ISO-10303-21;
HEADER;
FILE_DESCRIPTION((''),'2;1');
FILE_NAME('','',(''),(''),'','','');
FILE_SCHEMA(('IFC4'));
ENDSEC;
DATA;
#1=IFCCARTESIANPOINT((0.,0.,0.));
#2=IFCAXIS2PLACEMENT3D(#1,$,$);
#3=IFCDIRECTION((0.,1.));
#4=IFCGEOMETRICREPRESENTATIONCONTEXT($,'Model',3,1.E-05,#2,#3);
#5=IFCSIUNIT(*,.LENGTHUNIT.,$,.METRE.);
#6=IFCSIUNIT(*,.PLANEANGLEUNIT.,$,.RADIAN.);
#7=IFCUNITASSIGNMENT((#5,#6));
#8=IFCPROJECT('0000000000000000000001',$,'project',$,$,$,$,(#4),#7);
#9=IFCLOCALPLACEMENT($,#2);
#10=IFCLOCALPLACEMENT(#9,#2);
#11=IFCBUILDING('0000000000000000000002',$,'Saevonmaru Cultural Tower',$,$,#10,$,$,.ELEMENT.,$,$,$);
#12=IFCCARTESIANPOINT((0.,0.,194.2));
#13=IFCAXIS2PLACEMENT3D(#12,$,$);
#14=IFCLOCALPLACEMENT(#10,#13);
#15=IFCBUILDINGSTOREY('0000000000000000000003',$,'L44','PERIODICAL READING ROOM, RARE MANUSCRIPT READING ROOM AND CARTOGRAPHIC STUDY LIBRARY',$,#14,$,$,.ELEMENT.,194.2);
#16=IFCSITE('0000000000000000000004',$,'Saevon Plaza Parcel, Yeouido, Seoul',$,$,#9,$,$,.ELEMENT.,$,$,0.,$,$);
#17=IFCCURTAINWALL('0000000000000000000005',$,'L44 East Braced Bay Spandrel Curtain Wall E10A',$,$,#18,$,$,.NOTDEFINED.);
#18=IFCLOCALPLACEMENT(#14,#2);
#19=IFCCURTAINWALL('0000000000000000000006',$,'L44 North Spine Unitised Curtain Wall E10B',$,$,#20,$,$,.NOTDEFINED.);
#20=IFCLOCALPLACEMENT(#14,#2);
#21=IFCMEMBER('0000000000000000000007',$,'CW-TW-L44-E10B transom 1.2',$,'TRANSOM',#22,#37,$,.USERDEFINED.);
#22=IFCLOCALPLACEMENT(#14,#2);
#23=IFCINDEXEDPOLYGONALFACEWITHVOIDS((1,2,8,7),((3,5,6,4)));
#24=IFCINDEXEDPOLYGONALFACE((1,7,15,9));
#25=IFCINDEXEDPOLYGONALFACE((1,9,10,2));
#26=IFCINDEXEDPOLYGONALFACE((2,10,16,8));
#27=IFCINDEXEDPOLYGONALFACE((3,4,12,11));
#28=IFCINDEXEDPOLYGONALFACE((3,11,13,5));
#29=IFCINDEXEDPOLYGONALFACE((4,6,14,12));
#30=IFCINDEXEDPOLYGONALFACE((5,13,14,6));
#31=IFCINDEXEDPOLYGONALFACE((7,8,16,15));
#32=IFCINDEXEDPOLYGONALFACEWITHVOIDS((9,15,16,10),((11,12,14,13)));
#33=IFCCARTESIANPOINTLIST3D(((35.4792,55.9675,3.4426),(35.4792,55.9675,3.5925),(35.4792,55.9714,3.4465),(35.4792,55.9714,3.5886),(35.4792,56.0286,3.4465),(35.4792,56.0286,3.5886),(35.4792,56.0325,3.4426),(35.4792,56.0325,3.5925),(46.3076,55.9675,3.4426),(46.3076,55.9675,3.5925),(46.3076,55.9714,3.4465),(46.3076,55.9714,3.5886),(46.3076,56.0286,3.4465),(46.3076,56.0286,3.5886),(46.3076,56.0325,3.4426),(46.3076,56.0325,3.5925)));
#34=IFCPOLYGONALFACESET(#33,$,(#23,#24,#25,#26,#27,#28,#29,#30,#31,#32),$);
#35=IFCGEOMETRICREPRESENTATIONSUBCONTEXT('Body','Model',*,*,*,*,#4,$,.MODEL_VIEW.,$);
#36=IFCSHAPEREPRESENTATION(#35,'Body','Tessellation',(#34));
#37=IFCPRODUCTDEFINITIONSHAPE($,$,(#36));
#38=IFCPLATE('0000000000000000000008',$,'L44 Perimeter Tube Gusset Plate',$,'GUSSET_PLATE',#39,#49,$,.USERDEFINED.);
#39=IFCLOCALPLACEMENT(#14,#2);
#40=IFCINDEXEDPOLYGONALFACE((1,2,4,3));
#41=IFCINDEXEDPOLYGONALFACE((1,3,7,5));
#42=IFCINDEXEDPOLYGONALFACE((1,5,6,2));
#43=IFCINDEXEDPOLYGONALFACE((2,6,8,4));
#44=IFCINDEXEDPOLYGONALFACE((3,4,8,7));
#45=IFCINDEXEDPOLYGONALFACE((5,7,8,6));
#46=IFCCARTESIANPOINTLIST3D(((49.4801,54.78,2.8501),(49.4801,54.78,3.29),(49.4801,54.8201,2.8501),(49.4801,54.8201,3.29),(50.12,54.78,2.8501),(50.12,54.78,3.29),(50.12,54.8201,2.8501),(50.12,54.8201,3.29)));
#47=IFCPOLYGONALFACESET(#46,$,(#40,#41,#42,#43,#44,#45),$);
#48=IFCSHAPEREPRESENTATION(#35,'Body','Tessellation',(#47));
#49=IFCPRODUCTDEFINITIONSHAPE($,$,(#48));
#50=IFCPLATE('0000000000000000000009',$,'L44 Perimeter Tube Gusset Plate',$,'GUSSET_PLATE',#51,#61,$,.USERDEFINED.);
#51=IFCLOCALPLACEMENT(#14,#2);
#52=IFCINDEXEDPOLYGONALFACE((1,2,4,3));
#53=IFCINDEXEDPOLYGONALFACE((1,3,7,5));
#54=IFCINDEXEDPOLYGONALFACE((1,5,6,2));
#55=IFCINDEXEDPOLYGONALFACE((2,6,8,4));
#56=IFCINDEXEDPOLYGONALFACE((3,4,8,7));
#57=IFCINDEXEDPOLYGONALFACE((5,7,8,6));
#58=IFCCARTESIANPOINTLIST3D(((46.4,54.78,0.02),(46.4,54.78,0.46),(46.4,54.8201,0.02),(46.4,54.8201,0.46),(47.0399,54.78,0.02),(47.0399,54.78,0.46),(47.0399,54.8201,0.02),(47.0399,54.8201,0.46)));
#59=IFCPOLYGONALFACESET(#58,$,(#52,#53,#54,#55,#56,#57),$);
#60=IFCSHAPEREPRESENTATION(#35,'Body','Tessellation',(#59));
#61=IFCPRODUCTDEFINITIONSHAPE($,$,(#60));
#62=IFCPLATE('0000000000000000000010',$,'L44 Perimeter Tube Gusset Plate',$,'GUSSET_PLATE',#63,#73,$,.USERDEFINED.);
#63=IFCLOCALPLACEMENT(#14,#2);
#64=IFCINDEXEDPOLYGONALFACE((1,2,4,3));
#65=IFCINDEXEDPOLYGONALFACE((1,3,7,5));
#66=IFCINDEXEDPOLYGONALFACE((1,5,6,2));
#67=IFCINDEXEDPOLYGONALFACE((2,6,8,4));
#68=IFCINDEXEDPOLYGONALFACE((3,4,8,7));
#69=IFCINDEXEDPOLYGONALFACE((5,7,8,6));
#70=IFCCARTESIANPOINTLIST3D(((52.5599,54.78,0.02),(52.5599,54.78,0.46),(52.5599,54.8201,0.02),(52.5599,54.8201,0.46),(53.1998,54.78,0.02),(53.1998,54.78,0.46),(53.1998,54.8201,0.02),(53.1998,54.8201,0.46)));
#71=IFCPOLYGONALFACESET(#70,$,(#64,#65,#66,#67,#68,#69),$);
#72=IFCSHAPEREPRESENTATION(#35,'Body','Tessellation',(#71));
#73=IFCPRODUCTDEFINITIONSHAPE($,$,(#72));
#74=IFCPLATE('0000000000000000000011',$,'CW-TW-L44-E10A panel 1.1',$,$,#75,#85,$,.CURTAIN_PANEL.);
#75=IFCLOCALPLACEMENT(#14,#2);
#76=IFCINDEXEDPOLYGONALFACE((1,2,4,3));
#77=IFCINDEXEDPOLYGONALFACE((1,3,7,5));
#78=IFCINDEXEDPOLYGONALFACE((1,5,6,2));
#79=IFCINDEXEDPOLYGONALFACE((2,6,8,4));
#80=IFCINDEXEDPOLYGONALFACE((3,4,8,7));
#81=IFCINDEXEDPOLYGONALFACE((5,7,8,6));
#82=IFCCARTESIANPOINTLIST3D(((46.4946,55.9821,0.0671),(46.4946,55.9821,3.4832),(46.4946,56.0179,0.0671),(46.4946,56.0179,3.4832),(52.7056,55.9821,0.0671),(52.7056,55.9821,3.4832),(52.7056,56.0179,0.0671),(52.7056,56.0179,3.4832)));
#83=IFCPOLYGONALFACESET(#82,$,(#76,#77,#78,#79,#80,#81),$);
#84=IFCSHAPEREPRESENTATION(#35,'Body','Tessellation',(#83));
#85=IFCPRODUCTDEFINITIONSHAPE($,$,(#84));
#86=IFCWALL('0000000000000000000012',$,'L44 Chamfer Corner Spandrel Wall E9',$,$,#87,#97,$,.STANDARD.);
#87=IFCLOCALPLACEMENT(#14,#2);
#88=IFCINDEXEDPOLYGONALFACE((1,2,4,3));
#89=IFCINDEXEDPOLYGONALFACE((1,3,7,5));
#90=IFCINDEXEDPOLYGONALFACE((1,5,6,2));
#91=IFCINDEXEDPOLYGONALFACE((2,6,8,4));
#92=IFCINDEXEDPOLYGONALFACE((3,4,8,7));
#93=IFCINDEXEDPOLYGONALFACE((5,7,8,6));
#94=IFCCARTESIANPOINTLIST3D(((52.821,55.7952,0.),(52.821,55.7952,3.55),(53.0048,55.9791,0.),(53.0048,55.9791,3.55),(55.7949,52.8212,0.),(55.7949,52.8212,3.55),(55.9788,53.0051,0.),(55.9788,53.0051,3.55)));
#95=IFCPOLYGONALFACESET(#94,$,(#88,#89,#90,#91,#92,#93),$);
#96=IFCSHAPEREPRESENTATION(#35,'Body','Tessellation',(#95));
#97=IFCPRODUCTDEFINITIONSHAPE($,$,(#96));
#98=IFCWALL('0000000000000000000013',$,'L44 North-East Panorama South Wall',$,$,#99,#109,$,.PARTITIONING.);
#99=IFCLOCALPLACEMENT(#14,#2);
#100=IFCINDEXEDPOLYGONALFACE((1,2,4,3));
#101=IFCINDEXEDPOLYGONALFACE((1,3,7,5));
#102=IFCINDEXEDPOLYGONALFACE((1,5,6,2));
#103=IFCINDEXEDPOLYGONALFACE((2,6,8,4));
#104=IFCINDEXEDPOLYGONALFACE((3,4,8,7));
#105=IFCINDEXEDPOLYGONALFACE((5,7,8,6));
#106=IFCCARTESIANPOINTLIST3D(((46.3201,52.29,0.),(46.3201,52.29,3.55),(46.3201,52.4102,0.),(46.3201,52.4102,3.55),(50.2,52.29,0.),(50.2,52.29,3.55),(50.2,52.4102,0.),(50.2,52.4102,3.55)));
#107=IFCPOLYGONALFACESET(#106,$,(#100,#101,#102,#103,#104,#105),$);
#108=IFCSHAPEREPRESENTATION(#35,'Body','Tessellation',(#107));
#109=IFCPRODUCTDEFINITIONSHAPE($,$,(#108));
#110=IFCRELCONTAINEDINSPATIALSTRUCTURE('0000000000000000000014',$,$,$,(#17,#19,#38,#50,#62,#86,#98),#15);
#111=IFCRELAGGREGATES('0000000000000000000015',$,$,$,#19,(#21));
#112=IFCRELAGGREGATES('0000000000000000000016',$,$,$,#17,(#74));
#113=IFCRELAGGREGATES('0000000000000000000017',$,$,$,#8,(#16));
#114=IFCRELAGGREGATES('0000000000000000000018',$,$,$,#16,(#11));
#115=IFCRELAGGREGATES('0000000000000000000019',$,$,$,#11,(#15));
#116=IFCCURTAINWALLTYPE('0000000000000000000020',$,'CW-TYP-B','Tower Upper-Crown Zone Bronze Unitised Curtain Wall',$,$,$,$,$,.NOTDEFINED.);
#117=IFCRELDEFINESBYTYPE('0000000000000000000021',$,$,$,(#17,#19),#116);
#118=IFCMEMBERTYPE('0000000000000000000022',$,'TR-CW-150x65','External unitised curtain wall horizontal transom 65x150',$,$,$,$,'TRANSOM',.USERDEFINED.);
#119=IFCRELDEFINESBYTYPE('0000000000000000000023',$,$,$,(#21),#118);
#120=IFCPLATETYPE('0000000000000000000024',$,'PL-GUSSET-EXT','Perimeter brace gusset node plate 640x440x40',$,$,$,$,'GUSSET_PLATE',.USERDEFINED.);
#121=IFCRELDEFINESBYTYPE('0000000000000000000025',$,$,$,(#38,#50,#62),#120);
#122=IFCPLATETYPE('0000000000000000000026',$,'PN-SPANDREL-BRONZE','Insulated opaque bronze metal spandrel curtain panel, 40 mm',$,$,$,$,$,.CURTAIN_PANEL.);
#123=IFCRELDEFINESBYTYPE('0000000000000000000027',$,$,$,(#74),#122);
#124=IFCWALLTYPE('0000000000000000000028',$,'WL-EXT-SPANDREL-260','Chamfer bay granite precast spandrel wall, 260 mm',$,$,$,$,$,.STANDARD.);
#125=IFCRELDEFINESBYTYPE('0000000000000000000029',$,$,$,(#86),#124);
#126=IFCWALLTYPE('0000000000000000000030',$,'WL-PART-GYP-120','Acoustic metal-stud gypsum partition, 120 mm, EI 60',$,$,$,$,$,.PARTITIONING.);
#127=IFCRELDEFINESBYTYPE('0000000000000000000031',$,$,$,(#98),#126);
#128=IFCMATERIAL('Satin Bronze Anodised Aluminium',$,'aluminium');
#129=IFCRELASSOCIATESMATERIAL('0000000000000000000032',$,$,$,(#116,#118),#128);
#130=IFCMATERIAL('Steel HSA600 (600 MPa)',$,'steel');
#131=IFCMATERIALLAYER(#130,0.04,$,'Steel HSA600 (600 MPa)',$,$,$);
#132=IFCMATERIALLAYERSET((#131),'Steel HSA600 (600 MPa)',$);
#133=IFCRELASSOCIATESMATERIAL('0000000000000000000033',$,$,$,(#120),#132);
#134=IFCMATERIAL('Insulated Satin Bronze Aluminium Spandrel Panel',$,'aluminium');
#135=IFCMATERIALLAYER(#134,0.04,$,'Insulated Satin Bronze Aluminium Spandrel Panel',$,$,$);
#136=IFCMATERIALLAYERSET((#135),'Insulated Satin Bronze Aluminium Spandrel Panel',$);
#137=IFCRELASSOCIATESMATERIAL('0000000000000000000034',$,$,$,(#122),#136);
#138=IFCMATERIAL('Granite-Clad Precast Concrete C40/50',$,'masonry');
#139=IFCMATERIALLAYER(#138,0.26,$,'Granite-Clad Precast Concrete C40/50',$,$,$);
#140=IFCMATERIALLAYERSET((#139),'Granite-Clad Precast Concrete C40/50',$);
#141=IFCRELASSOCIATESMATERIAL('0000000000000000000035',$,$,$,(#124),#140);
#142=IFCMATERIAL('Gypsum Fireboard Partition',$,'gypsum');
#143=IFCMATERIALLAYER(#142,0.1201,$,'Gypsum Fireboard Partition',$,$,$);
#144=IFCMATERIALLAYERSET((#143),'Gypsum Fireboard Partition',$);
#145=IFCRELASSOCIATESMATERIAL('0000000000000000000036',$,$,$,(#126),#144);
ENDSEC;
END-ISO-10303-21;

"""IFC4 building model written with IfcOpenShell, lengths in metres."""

from ifc_helpers import new_model, si_unit, direction, frame, frame_2d, origin, origin_2d, place, context, subcontext, project, spatial, rectangle, hollow_rectangle, extrude, material, layer, layer_set, material_profile, profile_set, type_object, element, aggregate, save


model = new_model("IFC4")

# Units and contexts
model_context = context("Model", 3, precision=1e-05, world=origin(), true_north=direction((0.0, 1.0)))
body_context = subcontext(model_context, "Body", "Model", "MODEL_VIEW")
ifc_project = project(units=[si_unit("LENGTHUNIT", "METRE"), si_unit("PLANEANGLEUNIT", "RADIAN")], contexts=[model_context])

# Site, building, storey
site_placement = place(None, origin())
site = spatial("IfcSite", under=ifc_project, at=site_placement, Name="Saevon Plaza Parcel, Yeouido, Seoul", CompositionType="ELEMENT", RefElevation=0.0)
building_placement = place(site_placement, origin())
building = spatial("IfcBuilding", under=site, at=building_placement, Name="Saevonmaru Cultural Tower", CompositionType="ELEMENT")
storey_placement = place(building_placement, frame((0.0, 0.0, 194.2)))
storey = spatial("IfcBuildingStorey", under=building, at=storey_placement, Name="L44", Description="PERIODICAL READING ROOM, RARE MANUSCRIPT READING ROOM AND CARTOGRAPHIC STUDY LIBRARY", CompositionType="ELEMENT", Elevation=194.2)

# Shared definitions
ifc_material_1 = material(Name="Satin Bronze Anodised Aluminium", Category="aluminium")
curtain_wall_type = type_object("IfcCurtainWallType", Name="CW-TYP-B", Description="Tower Upper-Crown Zone Bronze Unitised Curtain Wall", PredefinedType="NOTDEFINED", material=ifc_material_1)

# Curtain wall
curtain_wall_1_placement = place(storey_placement, origin())
curtain_wall_1 = element("IfcCurtainWall", 1, at=curtain_wall_1_placement, inside=storey, type_object=curtain_wall_type, Name="L44 East Braced Bay Spandrel Curtain Wall E10A", PredefinedType="NOTDEFINED")

# Curtain wall
curtain_wall_2_placement = place(storey_placement, origin())
curtain_wall_2 = element("IfcCurtainWall", 2, at=curtain_wall_2_placement, inside=storey, type_object=curtain_wall_type, Name="L44 North Spine Unitised Curtain Wall E10B", PredefinedType="NOTDEFINED")

# Member
ifc_material_profile_1 = material_profile(ifc_material_1, hollow_rectangle(XDim=0.0649, YDim=0.1499, WallThickness=0.0039, at=origin_2d()), Name="ALU-TRAN-150x65x4")
ifc_profile_set_1 = profile_set([ifc_material_profile_1], Name="Satin Bronze Anodised Aluminium")
member_type_1 = type_object("IfcMemberType", Name="TR-CW-150x65", Description="External unitised curtain wall horizontal transom 65x150", ElementType="TRANSOM", PredefinedType="USERDEFINED", material=ifc_profile_set_1)
member_1_placement = place(storey_placement, frame((46.3076, 56.0, 3.5176), z_axis=(-1.0, 0.0, 0.0), x_axis=(0.0, -1.0, 0.0)))
member_1 = element("IfcMember", 3, at=member_1_placement, type_object=member_type_1, Name="CW-TW-L44-E10B transom 1.2", ObjectType="TRANSOM", PredefinedType="USERDEFINED", context=body_context, shape_type="SweptSolid", body=[
    extrude(hollow_rectangle(XDim=0.0649, YDim=0.1499, WallThickness=0.0039, at=origin_2d()), origin(), (0.0, 0.0, 1.0), 10.8284),
])
aggregate(curtain_wall_2, [member_1])

# Plates
ifc_material_2 = material(Name="Steel HSA600 (600 MPa)", Category="steel")
ifc_layer_1 = layer(ifc_material_2, 0.04, Name="Steel HSA600 (600 MPa)")
ifc_layer_set_1 = layer_set([ifc_layer_1], Name="Steel HSA600 (600 MPa)")
plate_type_1 = type_object("IfcPlateType", Name="PL-GUSSET-EXT", Description="Perimeter brace gusset node plate 640x440x40", ElementType="GUSSET_PLATE", PredefinedType="USERDEFINED", material=ifc_layer_set_1)
for number, where, z_axis, x_axis, name in (
    (4, (49.8, 54.8, 2.8501), (0.0, 0.0, 1.0), (1.0, 0.0, 0.0), "L44 Perimeter Tube Gusset Plate"),
    (5, (46.72, 54.8, 0.02), (0.0, 0.0, 1.0), (1.0, 0.0, 0.0), "L44 Perimeter Tube Gusset Plate"),
    (6, (52.8799, 54.8, 0.02), (0.0, 0.0, 1.0), (1.0, 0.0, 0.0), "L44 Perimeter Tube Gusset Plate"),
):
    element("IfcPlate", number, at=place(storey_placement, frame(where, z_axis=z_axis, x_axis=x_axis)), inside=storey, type_object=plate_type_1, Name=name, ObjectType="GUSSET_PLATE", PredefinedType="USERDEFINED", context=body_context, shape_type="SweptSolid", body=[
        extrude(rectangle(XDim=0.6399, YDim=0.04, at=origin_2d()), origin(), (0.0, 0.0, 1.0), 0.4399),
    ])

# Plate
ifc_material_3 = material(Name="Insulated Satin Bronze Aluminium Spandrel Panel", Category="aluminium")
ifc_layer_2 = layer(ifc_material_3, 0.04, Name="Insulated Satin Bronze Aluminium Spandrel Panel")
ifc_layer_set_2 = layer_set([ifc_layer_2], Name="Insulated Satin Bronze Aluminium Spandrel Panel")
plate_type_2 = type_object("IfcPlateType", Name="PN-SPANDREL-BRONZE", Description="Insulated opaque bronze metal spandrel curtain panel, 40 mm", PredefinedType="CURTAIN_PANEL", material=ifc_layer_set_2)
plate_placement = place(storey_placement, frame((49.6001, 56.0, 0.0671), z_axis=(0.0, 0.0, 1.0), x_axis=(-1.0, 0.0, 0.0)))
plate = element("IfcPlate", 7, at=plate_placement, type_object=plate_type_2, Name="CW-TW-L44-E10A panel 1.1", PredefinedType="CURTAIN_PANEL", context=body_context, shape_type="SweptSolid", body=[
    extrude(rectangle(XDim=6.2109, YDim=0.0359, at=origin_2d()), origin(), (0.0, 0.0, 1.0), 3.416),
])
aggregate(curtain_wall_1, [plate])

# Walls
ifc_material_4 = material(Name="Granite-Clad Precast Concrete C40/50", Category="masonry")
ifc_layer_3 = layer(ifc_material_4, 0.26, Name="Granite-Clad Precast Concrete C40/50")
ifc_layer_set_3 = layer_set([ifc_layer_3], Name="Granite-Clad Precast Concrete C40/50")
wall_type_1 = type_object("IfcWallType", Name="WL-EXT-SPANDREL-260", Description="Chamfer bay granite precast spandrel wall, 260 mm", PredefinedType="STANDARD", material=ifc_layer_set_3)
wall_1_placement = place(storey_placement, frame((55.887, 52.9131, 0.0), z_axis=(0.0, 0.0, 1.0), x_axis=(-0.707107, 0.707107, 0.0)))
element("IfcWall", 8, at=wall_1_placement, inside=storey, type_object=wall_type_1, Name="L44 Chamfer Corner Spandrel Wall E9", PredefinedType="STANDARD", context=body_context, shape_type="SweptSolid", body=[
    extrude(rectangle(XDim=4.2058, YDim=0.26, at=frame_2d((2.103, 0.0))), origin(), (0.0, 0.0, 1.0), 3.55),
])
ifc_material_5 = material(Name="Gypsum Fireboard Partition", Category="gypsum")
ifc_layer_4 = layer(ifc_material_5, 0.1201, Name="Gypsum Fireboard Partition")
ifc_layer_set_4 = layer_set([ifc_layer_4], Name="Gypsum Fireboard Partition")
wall_type_2 = type_object("IfcWallType", Name="WL-PART-GYP-120", Description="Acoustic metal-stud gypsum partition, 120 mm, EI 60", PredefinedType="PARTITIONING", material=ifc_layer_set_4)
wall_2_placement = place(storey_placement, frame((46.3201, 52.3501, 0.0), z_axis=(0.0, 0.0, 1.0), x_axis=(1.0, 0.0, 0.0)))
element("IfcWall", 9, at=wall_2_placement, inside=storey, type_object=wall_type_2, Name="L44 North-East Panorama South Wall", PredefinedType="PARTITIONING", context=body_context, shape_type="SweptSolid", body=[
    extrude(rectangle(XDim=3.8799, YDim=0.1201, at=frame_2d((1.9399, 0.0))), origin(), (0.0, 0.0, 1.0), 3.55),
])

save(model, "model.ifc")
